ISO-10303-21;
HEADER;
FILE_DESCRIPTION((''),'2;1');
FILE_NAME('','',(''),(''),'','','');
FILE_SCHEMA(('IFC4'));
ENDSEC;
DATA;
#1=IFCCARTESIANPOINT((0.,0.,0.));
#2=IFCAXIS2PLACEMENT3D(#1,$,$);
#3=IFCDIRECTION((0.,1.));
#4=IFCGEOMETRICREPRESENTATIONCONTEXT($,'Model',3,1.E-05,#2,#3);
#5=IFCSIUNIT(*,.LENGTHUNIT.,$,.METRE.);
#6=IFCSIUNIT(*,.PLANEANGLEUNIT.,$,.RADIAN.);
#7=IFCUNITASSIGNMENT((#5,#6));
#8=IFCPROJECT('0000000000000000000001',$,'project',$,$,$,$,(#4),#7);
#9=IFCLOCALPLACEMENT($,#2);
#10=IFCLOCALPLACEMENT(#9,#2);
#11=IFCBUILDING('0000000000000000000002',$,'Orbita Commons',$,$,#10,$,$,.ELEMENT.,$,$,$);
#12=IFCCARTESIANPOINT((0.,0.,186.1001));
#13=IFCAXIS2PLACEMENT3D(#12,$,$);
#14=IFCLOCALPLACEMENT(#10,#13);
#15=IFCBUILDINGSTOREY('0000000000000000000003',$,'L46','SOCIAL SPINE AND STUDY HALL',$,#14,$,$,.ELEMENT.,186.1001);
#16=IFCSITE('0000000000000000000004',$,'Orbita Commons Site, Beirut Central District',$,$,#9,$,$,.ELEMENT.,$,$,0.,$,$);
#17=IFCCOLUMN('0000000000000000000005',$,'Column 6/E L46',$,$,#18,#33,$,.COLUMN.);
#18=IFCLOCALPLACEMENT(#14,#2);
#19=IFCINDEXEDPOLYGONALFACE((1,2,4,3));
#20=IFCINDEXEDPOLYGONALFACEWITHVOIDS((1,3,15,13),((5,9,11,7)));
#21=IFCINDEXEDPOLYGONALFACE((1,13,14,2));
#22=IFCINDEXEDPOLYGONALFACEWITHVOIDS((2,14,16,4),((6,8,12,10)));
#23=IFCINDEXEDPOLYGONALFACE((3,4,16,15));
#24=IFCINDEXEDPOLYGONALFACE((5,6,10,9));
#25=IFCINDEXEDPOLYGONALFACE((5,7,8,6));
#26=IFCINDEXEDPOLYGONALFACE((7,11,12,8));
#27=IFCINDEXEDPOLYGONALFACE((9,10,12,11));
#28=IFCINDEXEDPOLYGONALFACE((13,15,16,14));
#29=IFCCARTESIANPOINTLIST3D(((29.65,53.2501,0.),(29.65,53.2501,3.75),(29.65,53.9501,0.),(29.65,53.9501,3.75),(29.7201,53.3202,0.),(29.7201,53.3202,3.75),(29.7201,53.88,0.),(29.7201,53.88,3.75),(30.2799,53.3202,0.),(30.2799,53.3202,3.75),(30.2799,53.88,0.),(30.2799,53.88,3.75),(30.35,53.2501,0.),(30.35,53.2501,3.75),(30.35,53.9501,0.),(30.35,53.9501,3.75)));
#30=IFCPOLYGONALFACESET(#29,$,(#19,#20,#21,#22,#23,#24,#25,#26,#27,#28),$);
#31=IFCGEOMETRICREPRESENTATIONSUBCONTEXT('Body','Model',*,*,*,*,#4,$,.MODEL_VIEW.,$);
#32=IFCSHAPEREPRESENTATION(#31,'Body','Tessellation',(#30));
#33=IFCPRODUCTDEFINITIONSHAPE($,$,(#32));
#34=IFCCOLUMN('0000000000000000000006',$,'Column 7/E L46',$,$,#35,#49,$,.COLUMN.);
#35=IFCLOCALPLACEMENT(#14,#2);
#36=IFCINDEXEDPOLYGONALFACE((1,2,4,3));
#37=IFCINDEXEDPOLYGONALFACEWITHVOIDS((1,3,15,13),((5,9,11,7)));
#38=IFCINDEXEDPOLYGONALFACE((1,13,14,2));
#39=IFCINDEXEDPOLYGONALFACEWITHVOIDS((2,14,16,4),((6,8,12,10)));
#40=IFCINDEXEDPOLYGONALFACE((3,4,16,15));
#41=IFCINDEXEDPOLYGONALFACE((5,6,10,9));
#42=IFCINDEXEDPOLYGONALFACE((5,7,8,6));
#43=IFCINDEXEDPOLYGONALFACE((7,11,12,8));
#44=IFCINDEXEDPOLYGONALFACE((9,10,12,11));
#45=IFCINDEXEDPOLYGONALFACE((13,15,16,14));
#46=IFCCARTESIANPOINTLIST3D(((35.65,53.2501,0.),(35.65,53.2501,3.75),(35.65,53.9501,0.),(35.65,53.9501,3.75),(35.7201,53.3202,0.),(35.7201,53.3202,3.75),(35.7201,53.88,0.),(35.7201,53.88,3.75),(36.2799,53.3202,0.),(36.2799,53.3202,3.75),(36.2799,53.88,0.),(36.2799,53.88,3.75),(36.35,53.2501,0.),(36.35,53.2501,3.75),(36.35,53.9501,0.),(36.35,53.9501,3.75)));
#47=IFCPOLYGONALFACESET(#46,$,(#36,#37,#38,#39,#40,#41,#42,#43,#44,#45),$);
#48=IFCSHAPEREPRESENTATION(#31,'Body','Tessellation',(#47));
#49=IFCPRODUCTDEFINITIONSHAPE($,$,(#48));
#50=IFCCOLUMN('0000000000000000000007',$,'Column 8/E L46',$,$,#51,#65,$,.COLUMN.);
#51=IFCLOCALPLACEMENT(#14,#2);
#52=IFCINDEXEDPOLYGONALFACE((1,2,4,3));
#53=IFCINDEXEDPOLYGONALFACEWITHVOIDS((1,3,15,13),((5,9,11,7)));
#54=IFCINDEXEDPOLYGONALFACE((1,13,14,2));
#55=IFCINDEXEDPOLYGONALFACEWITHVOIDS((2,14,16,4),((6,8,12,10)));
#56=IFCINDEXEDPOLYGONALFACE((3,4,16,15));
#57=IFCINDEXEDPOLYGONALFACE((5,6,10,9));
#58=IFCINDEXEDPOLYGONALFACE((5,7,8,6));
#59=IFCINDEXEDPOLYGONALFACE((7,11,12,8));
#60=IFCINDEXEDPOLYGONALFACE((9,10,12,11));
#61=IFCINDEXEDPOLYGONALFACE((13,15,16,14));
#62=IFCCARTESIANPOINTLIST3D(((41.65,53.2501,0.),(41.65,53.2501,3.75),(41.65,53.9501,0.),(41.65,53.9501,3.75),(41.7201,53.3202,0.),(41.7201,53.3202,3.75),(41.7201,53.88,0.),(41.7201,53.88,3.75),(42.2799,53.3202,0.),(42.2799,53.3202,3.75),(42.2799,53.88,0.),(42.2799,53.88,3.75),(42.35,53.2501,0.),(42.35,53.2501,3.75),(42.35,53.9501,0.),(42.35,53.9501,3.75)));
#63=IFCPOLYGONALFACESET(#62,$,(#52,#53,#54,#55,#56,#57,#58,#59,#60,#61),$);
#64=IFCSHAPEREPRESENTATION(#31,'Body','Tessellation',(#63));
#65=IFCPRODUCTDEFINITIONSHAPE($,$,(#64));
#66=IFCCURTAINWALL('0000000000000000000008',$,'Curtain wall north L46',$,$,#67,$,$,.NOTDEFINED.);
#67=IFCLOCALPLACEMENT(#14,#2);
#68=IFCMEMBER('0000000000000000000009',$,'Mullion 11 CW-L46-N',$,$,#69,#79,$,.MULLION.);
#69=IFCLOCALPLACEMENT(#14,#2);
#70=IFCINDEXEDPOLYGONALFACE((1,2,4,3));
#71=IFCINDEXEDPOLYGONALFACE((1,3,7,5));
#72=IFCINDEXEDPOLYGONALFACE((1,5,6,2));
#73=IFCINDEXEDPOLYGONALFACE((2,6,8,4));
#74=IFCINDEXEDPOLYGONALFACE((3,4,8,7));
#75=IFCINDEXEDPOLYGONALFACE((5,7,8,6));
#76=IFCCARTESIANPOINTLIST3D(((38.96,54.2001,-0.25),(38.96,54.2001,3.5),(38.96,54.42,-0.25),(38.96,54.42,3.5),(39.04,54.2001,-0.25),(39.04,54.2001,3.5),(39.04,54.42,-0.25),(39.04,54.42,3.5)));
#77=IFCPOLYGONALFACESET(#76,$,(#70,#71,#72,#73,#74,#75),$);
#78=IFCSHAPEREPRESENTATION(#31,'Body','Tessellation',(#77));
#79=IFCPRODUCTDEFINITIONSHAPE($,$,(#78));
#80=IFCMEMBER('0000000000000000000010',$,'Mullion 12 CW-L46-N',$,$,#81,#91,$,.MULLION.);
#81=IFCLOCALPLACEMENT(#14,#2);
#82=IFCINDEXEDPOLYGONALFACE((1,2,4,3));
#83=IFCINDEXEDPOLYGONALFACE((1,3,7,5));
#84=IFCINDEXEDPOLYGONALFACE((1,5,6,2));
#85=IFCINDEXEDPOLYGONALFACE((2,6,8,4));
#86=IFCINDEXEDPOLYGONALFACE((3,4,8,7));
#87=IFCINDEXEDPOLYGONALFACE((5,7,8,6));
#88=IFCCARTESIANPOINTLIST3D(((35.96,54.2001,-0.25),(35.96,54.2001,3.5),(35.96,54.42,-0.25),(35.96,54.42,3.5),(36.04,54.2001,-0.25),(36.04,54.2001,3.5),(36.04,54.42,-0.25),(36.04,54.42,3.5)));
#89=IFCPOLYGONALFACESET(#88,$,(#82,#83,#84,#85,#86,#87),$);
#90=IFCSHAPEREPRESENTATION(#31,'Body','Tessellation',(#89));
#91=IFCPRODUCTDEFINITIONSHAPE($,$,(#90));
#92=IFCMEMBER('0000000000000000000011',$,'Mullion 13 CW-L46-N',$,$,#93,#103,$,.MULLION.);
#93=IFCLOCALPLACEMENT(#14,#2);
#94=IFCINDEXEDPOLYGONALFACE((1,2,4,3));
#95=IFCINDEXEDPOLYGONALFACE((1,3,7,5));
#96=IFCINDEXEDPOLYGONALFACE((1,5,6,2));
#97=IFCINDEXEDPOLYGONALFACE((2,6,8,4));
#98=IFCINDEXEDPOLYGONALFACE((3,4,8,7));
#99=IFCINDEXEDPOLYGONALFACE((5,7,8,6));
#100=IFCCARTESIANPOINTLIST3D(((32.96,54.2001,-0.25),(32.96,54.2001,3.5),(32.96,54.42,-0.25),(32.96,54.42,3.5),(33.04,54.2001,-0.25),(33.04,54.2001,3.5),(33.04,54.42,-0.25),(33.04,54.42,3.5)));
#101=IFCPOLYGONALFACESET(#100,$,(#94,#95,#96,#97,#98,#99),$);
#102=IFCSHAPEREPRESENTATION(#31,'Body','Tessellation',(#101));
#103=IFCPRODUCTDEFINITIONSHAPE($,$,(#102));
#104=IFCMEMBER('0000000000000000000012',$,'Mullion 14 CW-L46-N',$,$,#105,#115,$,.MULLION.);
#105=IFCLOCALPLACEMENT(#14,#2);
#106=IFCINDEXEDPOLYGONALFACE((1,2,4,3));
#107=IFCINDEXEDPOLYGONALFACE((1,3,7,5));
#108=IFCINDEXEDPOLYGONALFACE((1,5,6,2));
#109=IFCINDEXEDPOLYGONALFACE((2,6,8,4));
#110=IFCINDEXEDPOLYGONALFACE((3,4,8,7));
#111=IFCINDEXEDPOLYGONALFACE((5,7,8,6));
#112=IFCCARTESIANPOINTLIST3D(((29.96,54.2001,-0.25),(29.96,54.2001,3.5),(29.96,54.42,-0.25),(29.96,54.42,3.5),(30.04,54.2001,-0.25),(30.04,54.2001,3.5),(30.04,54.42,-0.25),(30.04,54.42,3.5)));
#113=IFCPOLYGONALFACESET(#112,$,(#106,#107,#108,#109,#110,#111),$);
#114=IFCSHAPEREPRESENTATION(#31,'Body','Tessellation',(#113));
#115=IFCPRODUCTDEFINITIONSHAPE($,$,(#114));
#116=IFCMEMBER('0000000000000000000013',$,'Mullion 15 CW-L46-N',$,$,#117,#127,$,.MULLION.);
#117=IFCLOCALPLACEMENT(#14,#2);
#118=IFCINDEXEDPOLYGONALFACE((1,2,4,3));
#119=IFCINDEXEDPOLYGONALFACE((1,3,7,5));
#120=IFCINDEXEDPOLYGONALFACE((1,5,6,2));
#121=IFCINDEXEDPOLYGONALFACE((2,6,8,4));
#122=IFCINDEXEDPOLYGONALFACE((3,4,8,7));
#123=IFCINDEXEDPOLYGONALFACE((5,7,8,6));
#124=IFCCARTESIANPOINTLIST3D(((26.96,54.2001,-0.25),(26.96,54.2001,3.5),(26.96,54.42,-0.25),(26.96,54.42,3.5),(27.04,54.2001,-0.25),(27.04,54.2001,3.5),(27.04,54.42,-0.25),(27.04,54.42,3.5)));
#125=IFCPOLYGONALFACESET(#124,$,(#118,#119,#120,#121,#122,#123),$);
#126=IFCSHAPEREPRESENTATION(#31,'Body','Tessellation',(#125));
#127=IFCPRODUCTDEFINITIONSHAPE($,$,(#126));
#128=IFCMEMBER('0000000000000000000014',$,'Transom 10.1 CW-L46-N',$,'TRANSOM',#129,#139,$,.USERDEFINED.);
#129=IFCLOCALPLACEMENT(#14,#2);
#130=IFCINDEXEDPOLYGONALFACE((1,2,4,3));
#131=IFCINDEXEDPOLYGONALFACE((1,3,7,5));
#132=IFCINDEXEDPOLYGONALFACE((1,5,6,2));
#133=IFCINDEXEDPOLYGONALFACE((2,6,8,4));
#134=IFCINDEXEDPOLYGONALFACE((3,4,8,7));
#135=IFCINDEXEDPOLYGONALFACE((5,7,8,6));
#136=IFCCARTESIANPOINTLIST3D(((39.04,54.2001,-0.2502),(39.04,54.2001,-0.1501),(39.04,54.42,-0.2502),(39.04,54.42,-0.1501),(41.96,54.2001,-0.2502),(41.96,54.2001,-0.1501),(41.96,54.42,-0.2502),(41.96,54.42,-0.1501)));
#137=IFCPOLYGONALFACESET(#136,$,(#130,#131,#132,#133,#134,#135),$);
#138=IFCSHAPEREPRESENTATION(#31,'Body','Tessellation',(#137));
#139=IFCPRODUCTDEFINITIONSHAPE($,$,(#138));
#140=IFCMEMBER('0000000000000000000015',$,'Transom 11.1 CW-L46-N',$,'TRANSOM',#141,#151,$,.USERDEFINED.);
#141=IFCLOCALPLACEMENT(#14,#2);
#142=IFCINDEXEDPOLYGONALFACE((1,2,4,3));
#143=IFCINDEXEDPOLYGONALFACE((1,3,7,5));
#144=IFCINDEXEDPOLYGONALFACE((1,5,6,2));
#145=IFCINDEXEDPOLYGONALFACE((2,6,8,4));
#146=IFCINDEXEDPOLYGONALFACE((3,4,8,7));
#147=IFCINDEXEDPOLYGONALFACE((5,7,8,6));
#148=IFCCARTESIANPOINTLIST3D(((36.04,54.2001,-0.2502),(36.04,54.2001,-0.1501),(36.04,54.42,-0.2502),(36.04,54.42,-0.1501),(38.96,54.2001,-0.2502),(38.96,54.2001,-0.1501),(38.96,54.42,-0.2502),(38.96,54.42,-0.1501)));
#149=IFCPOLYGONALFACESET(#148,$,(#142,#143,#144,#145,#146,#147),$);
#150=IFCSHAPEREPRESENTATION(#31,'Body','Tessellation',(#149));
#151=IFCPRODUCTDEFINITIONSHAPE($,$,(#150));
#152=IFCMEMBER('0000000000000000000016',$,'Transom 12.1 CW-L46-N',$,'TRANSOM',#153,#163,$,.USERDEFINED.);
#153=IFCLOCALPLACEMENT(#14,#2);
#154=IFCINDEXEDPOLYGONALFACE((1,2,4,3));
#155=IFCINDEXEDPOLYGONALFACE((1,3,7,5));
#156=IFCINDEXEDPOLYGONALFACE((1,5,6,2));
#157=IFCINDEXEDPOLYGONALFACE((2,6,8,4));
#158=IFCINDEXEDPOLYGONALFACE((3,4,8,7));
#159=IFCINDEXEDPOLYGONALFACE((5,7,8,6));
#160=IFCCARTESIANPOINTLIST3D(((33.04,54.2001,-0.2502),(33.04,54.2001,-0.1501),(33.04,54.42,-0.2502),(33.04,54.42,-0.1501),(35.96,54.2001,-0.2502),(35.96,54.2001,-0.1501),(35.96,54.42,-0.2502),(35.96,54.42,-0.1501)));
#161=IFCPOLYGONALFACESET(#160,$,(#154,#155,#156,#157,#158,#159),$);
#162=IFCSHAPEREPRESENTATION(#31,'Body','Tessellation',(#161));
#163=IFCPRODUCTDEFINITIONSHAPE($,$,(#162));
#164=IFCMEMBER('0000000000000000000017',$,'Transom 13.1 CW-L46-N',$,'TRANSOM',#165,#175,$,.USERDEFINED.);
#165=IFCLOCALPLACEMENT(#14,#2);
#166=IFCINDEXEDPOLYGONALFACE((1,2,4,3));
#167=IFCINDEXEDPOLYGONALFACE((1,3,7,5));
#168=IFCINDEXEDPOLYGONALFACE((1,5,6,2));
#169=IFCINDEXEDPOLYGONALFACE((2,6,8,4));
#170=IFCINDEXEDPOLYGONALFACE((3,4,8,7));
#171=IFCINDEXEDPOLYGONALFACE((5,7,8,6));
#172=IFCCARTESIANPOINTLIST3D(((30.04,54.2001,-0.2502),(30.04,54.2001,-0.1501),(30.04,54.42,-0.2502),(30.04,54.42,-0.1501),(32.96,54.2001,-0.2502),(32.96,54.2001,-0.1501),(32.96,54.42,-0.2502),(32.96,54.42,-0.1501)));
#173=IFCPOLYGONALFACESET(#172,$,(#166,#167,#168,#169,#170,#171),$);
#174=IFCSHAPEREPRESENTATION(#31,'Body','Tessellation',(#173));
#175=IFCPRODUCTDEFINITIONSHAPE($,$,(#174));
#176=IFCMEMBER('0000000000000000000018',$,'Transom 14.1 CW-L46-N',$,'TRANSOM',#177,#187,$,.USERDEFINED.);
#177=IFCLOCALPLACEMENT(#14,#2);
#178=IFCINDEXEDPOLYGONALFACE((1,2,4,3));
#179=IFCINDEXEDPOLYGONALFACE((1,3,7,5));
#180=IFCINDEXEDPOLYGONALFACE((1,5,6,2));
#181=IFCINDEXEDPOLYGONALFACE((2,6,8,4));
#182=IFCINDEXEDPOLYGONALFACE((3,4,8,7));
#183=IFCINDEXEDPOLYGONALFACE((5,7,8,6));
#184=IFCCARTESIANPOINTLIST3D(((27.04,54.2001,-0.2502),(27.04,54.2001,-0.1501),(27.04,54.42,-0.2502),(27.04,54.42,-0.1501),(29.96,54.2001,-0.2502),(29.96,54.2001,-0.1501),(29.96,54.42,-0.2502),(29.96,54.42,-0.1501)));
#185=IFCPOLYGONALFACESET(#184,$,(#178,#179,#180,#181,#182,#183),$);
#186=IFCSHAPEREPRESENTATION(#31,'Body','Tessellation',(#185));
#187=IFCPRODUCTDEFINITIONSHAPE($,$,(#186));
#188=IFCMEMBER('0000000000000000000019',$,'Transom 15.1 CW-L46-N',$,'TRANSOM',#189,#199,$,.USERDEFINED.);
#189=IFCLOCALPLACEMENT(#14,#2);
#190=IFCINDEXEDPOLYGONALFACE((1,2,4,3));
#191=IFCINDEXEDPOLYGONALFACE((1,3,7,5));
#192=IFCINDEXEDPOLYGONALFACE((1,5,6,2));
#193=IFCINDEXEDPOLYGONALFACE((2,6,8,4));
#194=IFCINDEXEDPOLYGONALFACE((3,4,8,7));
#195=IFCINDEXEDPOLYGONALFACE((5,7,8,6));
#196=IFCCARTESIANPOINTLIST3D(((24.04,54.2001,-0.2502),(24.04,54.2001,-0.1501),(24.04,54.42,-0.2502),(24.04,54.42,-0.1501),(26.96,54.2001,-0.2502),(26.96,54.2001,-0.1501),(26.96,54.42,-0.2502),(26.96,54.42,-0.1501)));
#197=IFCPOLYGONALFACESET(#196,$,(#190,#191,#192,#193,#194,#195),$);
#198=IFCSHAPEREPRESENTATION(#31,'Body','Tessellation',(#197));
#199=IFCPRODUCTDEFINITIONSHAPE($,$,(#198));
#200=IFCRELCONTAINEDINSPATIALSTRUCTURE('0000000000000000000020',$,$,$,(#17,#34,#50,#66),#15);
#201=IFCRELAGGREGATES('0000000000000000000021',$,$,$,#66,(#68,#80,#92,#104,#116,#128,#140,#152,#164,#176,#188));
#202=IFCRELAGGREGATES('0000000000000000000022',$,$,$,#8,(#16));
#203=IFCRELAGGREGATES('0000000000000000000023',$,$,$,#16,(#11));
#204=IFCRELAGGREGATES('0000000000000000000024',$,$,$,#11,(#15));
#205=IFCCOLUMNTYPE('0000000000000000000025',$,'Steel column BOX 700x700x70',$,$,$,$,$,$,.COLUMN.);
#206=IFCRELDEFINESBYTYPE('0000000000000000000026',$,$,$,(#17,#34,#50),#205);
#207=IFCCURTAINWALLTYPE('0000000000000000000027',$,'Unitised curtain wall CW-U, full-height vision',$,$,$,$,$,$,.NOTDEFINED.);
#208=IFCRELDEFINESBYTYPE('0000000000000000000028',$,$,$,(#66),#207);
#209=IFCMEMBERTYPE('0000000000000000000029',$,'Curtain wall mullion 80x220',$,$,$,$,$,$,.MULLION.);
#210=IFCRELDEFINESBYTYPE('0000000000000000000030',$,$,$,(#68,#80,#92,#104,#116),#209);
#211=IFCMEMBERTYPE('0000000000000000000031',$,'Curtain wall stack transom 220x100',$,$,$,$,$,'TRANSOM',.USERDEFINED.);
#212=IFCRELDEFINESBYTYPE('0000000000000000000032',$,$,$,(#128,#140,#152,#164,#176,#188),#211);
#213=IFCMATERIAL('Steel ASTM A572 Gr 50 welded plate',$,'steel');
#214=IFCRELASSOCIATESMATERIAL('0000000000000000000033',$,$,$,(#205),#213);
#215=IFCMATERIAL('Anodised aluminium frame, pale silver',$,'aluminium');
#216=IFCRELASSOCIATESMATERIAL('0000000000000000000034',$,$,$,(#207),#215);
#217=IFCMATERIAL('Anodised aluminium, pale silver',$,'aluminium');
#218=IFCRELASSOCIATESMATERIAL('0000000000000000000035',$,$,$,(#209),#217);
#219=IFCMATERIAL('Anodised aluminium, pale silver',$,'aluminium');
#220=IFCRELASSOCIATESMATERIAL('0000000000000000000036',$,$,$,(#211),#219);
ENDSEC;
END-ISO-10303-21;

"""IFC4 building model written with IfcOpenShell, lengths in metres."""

from ifc_helpers import new_model, si_unit, direction, frame, origin, origin_2d, place, context, subcontext, project, spatial, rectangle, hollow_rectangle, extrude, material, material_profile, profile_set, type_object, element, aggregate, save


model = new_model("IFC4")

# Units and contexts
model_context = context("Model", 3, precision=1e-05, world=origin(), true_north=direction((0.0, 1.0)))
body_context = subcontext(model_context, "Body", "Model", "MODEL_VIEW")
ifc_project = project(units=[si_unit("LENGTHUNIT", "METRE"), si_unit("PLANEANGLEUNIT", "RADIAN")], contexts=[model_context])

# Site, building, storey
site_placement = place(None, origin())
site = spatial("IfcSite", under=ifc_project, at=site_placement, Name="Orbita Commons Site, Beirut Central District", CompositionType="ELEMENT", RefElevation=0.0)
building_placement = place(site_placement, origin())
building = spatial("IfcBuilding", under=site, at=building_placement, Name="Orbita Commons", CompositionType="ELEMENT")
storey_placement = place(building_placement, frame((0.0, 0.0, 186.1001)))
storey = spatial("IfcBuildingStorey", under=building, at=storey_placement, Name="L46", Description="SOCIAL SPINE AND STUDY HALL", CompositionType="ELEMENT", Elevation=186.1001)

# Columns
ifc_material_1 = material(Name="Steel ASTM A572 Gr 50 welded plate", Category="steel")
ifc_material_profile_1 = material_profile(ifc_material_1, hollow_rectangle(XDim=0.7, YDim=0.7, WallThickness=0.0701, at=origin_2d()), Name="BOX 700x700x70")
ifc_profile_set_1 = profile_set([ifc_material_profile_1], Name="Steel ASTM A572 Gr 50 welded plate")
column_type = type_object("IfcColumnType", Name="Steel column BOX 700x700x70", PredefinedType="COLUMN", material=ifc_profile_set_1)
for number, where, z_axis, x_axis, name in (
    (1, (30.0, 53.6001, 0.0), (0.0, 0.0, 1.0), (1.0, 0.0, 0.0), "Column 6/E L46"),
    (2, (36.0, 53.6001, 0.0), (0.0, 0.0, 1.0), (1.0, 0.0, 0.0), "Column 7/E L46"),
    (3, (42.0, 53.6001, 0.0), (0.0, 0.0, 1.0), (1.0, 0.0, 0.0), "Column 8/E L46"),
):
    element("IfcColumn", number, at=place(storey_placement, frame(where, z_axis=z_axis, x_axis=x_axis)), inside=storey, type_object=column_type, Name=name, PredefinedType="COLUMN", context=body_context, shape_type="SweptSolid", body=[
        extrude(hollow_rectangle(XDim=0.7, YDim=0.7, WallThickness=0.0701, at=origin_2d()), origin(), (0.0, 0.0, 1.0), 3.75),
    ])

# Curtain wall, members
ifc_material_2 = material(Name="Anodised aluminium frame, pale silver", Category="aluminium")
curtain_wall_type = type_object("IfcCurtainWallType", Name="Unitised curtain wall CW-U, full-height vision", PredefinedType="NOTDEFINED", material=ifc_material_2)
curtain_wall_placement = place(storey_placement, origin())
curtain_wall = element("IfcCurtainWall", 4, at=curtain_wall_placement, inside=storey, type_object=curtain_wall_type, Name="Curtain wall north L46", PredefinedType="NOTDEFINED")
ifc_material_3 = material(Name="Anodised aluminium, pale silver", Category="aluminium")
ifc_material_profile_2 = material_profile(ifc_material_3, rectangle(XDim=0.0801, YDim=0.22, at=origin_2d()), Name="AL 80x220")
ifc_profile_set_2 = profile_set([ifc_material_profile_2], Name="Anodised aluminium, pale silver")
member_type_1 = type_object("IfcMemberType", Name="Curtain wall mullion 80x220", PredefinedType="MULLION", material=ifc_profile_set_2)
member_1_placement = place(storey_placement, frame((39.0, 54.3101, -0.25), z_axis=(0.0, 0.0, 1.0), x_axis=(-1.0, 0.0, 0.0)))
member_1 = element("IfcMember", 5, at=member_1_placement, type_object=member_type_1, Name="Mullion 11 CW-L46-N", PredefinedType="MULLION", context=body_context, shape_type="SweptSolid", body=[
    extrude(rectangle(XDim=0.0801, YDim=0.22, at=origin_2d()), origin(), (0.0, 0.0, 1.0), 3.75),
])
member_2_placement = place(storey_placement, frame((36.0, 54.3101, -0.25), z_axis=(0.0, 0.0, 1.0), x_axis=(-1.0, 0.0, 0.0)))
member_2 = element("IfcMember", 6, at=member_2_placement, type_object=member_type_1, Name="Mullion 12 CW-L46-N", PredefinedType="MULLION", context=body_context, shape_type="SweptSolid", body=[
    extrude(rectangle(XDim=0.0801, YDim=0.22, at=origin_2d()), origin(), (0.0, 0.0, 1.0), 3.75),
])
member_3_placement = place(storey_placement, frame((33.0, 54.3101, -0.25), z_axis=(0.0, 0.0, 1.0), x_axis=(-1.0, 0.0, 0.0)))
member_3 = element("IfcMember", 7, at=member_3_placement, type_object=member_type_1, Name="Mullion 13 CW-L46-N", PredefinedType="MULLION", context=body_context, shape_type="SweptSolid", body=[
    extrude(rectangle(XDim=0.0801, YDim=0.22, at=origin_2d()), origin(), (0.0, 0.0, 1.0), 3.75),
])
member_4_placement = place(storey_placement, frame((30.0, 54.3101, -0.25), z_axis=(0.0, 0.0, 1.0), x_axis=(-1.0, 0.0, 0.0)))
member_4 = element("IfcMember", 8, at=member_4_placement, type_object=member_type_1, Name="Mullion 14 CW-L46-N", PredefinedType="MULLION", context=body_context, shape_type="SweptSolid", body=[
    extrude(rectangle(XDim=0.0801, YDim=0.22, at=origin_2d()), origin(), (0.0, 0.0, 1.0), 3.75),
])
member_5_placement = place(storey_placement, frame((27.0, 54.3101, -0.25), z_axis=(0.0, 0.0, 1.0), x_axis=(-1.0, 0.0, 0.0)))
member_5 = element("IfcMember", 9, at=member_5_placement, type_object=member_type_1, Name="Mullion 15 CW-L46-N", PredefinedType="MULLION", context=body_context, shape_type="SweptSolid", body=[
    extrude(rectangle(XDim=0.0801, YDim=0.22, at=origin_2d()), origin(), (0.0, 0.0, 1.0), 3.75),
])
ifc_material_4 = material(Name="Anodised aluminium, pale silver", Category="aluminium")
ifc_material_profile_3 = material_profile(ifc_material_4, rectangle(XDim=0.22, YDim=0.1001, at=origin_2d()), Name="AL 220x100")
ifc_profile_set_3 = profile_set([ifc_material_profile_3], Name="Anodised aluminium, pale silver")
member_type_2 = type_object("IfcMemberType", Name="Curtain wall stack transom 220x100", ElementType="TRANSOM", PredefinedType="USERDEFINED", material=ifc_profile_set_3)
member_6_placement = place(storey_placement, frame((41.96, 54.3101, -0.2002), z_axis=(-1.0, 0.0, 0.0), x_axis=(0.0, -1.0, 0.0)))
member_6 = element("IfcMember", 10, at=member_6_placement, type_object=member_type_2, Name="Transom 10.1 CW-L46-N", ObjectType="TRANSOM", PredefinedType="USERDEFINED", context=body_context, shape_type="SweptSolid", body=[
    extrude(rectangle(XDim=0.22, YDim=0.1001, at=origin_2d()), origin(), (0.0, 0.0, 1.0), 2.9199),
])
member_7_placement = place(storey_placement, frame((38.96, 54.3101, -0.2002), z_axis=(-1.0, 0.0, 0.0), x_axis=(0.0, -1.0, 0.0)))
member_7 = element("IfcMember", 11, at=member_7_placement, type_object=member_type_2, Name="Transom 11.1 CW-L46-N", ObjectType="TRANSOM", PredefinedType="USERDEFINED", context=body_context, shape_type="SweptSolid", body=[
    extrude(rectangle(XDim=0.22, YDim=0.1001, at=origin_2d()), origin(), (0.0, 0.0, 1.0), 2.9199),
])
member_8_placement = place(storey_placement, frame((35.96, 54.3101, -0.2002), z_axis=(-1.0, 0.0, 0.0), x_axis=(0.0, -1.0, 0.0)))
member_8 = element("IfcMember", 12, at=member_8_placement, type_object=member_type_2, Name="Transom 12.1 CW-L46-N", ObjectType="TRANSOM", PredefinedType="USERDEFINED", context=body_context, shape_type="SweptSolid", body=[
    extrude(rectangle(XDim=0.22, YDim=0.1001, at=origin_2d()), origin(), (0.0, 0.0, 1.0), 2.9199),
])
member_9_placement = place(storey_placement, frame((32.96, 54.3101, -0.2002), z_axis=(-1.0, 0.0, 0.0), x_axis=(0.0, -1.0, 0.0)))
member_9 = element("IfcMember", 13, at=member_9_placement, type_object=member_type_2, Name="Transom 13.1 CW-L46-N", ObjectType="TRANSOM", PredefinedType="USERDEFINED", context=body_context, shape_type="SweptSolid", body=[
    extrude(rectangle(XDim=0.22, YDim=0.1001, at=origin_2d()), origin(), (0.0, 0.0, 1.0), 2.9199),
])
member_10_placement = place(storey_placement, frame((29.96, 54.3101, -0.2002), z_axis=(-1.0, 0.0, 0.0), x_axis=(0.0, -1.0, 0.0)))
member_10 = element("IfcMember", 14, at=member_10_placement, type_object=member_type_2, Name="Transom 14.1 CW-L46-N", ObjectType="TRANSOM", PredefinedType="USERDEFINED", context=body_context, shape_type="SweptSolid", body=[
    extrude(rectangle(XDim=0.22, YDim=0.1001, at=origin_2d()), origin(), (0.0, 0.0, 1.0), 2.9199),
])
member_11_placement = place(storey_placement, frame((26.96, 54.3101, -0.2002), z_axis=(-1.0, 0.0, 0.0), x_axis=(0.0, -1.0, 0.0)))
member_11 = element("IfcMember", 15, at=member_11_placement, type_object=member_type_2, Name="Transom 15.1 CW-L46-N", ObjectType="TRANSOM", PredefinedType="USERDEFINED", context=body_context, shape_type="SweptSolid", body=[
    extrude(rectangle(XDim=0.22, YDim=0.1001, at=origin_2d()), origin(), (0.0, 0.0, 1.0), 2.9199),
])

aggregate(curtain_wall, [member_1, member_2, member_3, member_4, member_5, member_6, member_7, member_8, member_9, member_10, member_11])

save(model, "model.ifc")
